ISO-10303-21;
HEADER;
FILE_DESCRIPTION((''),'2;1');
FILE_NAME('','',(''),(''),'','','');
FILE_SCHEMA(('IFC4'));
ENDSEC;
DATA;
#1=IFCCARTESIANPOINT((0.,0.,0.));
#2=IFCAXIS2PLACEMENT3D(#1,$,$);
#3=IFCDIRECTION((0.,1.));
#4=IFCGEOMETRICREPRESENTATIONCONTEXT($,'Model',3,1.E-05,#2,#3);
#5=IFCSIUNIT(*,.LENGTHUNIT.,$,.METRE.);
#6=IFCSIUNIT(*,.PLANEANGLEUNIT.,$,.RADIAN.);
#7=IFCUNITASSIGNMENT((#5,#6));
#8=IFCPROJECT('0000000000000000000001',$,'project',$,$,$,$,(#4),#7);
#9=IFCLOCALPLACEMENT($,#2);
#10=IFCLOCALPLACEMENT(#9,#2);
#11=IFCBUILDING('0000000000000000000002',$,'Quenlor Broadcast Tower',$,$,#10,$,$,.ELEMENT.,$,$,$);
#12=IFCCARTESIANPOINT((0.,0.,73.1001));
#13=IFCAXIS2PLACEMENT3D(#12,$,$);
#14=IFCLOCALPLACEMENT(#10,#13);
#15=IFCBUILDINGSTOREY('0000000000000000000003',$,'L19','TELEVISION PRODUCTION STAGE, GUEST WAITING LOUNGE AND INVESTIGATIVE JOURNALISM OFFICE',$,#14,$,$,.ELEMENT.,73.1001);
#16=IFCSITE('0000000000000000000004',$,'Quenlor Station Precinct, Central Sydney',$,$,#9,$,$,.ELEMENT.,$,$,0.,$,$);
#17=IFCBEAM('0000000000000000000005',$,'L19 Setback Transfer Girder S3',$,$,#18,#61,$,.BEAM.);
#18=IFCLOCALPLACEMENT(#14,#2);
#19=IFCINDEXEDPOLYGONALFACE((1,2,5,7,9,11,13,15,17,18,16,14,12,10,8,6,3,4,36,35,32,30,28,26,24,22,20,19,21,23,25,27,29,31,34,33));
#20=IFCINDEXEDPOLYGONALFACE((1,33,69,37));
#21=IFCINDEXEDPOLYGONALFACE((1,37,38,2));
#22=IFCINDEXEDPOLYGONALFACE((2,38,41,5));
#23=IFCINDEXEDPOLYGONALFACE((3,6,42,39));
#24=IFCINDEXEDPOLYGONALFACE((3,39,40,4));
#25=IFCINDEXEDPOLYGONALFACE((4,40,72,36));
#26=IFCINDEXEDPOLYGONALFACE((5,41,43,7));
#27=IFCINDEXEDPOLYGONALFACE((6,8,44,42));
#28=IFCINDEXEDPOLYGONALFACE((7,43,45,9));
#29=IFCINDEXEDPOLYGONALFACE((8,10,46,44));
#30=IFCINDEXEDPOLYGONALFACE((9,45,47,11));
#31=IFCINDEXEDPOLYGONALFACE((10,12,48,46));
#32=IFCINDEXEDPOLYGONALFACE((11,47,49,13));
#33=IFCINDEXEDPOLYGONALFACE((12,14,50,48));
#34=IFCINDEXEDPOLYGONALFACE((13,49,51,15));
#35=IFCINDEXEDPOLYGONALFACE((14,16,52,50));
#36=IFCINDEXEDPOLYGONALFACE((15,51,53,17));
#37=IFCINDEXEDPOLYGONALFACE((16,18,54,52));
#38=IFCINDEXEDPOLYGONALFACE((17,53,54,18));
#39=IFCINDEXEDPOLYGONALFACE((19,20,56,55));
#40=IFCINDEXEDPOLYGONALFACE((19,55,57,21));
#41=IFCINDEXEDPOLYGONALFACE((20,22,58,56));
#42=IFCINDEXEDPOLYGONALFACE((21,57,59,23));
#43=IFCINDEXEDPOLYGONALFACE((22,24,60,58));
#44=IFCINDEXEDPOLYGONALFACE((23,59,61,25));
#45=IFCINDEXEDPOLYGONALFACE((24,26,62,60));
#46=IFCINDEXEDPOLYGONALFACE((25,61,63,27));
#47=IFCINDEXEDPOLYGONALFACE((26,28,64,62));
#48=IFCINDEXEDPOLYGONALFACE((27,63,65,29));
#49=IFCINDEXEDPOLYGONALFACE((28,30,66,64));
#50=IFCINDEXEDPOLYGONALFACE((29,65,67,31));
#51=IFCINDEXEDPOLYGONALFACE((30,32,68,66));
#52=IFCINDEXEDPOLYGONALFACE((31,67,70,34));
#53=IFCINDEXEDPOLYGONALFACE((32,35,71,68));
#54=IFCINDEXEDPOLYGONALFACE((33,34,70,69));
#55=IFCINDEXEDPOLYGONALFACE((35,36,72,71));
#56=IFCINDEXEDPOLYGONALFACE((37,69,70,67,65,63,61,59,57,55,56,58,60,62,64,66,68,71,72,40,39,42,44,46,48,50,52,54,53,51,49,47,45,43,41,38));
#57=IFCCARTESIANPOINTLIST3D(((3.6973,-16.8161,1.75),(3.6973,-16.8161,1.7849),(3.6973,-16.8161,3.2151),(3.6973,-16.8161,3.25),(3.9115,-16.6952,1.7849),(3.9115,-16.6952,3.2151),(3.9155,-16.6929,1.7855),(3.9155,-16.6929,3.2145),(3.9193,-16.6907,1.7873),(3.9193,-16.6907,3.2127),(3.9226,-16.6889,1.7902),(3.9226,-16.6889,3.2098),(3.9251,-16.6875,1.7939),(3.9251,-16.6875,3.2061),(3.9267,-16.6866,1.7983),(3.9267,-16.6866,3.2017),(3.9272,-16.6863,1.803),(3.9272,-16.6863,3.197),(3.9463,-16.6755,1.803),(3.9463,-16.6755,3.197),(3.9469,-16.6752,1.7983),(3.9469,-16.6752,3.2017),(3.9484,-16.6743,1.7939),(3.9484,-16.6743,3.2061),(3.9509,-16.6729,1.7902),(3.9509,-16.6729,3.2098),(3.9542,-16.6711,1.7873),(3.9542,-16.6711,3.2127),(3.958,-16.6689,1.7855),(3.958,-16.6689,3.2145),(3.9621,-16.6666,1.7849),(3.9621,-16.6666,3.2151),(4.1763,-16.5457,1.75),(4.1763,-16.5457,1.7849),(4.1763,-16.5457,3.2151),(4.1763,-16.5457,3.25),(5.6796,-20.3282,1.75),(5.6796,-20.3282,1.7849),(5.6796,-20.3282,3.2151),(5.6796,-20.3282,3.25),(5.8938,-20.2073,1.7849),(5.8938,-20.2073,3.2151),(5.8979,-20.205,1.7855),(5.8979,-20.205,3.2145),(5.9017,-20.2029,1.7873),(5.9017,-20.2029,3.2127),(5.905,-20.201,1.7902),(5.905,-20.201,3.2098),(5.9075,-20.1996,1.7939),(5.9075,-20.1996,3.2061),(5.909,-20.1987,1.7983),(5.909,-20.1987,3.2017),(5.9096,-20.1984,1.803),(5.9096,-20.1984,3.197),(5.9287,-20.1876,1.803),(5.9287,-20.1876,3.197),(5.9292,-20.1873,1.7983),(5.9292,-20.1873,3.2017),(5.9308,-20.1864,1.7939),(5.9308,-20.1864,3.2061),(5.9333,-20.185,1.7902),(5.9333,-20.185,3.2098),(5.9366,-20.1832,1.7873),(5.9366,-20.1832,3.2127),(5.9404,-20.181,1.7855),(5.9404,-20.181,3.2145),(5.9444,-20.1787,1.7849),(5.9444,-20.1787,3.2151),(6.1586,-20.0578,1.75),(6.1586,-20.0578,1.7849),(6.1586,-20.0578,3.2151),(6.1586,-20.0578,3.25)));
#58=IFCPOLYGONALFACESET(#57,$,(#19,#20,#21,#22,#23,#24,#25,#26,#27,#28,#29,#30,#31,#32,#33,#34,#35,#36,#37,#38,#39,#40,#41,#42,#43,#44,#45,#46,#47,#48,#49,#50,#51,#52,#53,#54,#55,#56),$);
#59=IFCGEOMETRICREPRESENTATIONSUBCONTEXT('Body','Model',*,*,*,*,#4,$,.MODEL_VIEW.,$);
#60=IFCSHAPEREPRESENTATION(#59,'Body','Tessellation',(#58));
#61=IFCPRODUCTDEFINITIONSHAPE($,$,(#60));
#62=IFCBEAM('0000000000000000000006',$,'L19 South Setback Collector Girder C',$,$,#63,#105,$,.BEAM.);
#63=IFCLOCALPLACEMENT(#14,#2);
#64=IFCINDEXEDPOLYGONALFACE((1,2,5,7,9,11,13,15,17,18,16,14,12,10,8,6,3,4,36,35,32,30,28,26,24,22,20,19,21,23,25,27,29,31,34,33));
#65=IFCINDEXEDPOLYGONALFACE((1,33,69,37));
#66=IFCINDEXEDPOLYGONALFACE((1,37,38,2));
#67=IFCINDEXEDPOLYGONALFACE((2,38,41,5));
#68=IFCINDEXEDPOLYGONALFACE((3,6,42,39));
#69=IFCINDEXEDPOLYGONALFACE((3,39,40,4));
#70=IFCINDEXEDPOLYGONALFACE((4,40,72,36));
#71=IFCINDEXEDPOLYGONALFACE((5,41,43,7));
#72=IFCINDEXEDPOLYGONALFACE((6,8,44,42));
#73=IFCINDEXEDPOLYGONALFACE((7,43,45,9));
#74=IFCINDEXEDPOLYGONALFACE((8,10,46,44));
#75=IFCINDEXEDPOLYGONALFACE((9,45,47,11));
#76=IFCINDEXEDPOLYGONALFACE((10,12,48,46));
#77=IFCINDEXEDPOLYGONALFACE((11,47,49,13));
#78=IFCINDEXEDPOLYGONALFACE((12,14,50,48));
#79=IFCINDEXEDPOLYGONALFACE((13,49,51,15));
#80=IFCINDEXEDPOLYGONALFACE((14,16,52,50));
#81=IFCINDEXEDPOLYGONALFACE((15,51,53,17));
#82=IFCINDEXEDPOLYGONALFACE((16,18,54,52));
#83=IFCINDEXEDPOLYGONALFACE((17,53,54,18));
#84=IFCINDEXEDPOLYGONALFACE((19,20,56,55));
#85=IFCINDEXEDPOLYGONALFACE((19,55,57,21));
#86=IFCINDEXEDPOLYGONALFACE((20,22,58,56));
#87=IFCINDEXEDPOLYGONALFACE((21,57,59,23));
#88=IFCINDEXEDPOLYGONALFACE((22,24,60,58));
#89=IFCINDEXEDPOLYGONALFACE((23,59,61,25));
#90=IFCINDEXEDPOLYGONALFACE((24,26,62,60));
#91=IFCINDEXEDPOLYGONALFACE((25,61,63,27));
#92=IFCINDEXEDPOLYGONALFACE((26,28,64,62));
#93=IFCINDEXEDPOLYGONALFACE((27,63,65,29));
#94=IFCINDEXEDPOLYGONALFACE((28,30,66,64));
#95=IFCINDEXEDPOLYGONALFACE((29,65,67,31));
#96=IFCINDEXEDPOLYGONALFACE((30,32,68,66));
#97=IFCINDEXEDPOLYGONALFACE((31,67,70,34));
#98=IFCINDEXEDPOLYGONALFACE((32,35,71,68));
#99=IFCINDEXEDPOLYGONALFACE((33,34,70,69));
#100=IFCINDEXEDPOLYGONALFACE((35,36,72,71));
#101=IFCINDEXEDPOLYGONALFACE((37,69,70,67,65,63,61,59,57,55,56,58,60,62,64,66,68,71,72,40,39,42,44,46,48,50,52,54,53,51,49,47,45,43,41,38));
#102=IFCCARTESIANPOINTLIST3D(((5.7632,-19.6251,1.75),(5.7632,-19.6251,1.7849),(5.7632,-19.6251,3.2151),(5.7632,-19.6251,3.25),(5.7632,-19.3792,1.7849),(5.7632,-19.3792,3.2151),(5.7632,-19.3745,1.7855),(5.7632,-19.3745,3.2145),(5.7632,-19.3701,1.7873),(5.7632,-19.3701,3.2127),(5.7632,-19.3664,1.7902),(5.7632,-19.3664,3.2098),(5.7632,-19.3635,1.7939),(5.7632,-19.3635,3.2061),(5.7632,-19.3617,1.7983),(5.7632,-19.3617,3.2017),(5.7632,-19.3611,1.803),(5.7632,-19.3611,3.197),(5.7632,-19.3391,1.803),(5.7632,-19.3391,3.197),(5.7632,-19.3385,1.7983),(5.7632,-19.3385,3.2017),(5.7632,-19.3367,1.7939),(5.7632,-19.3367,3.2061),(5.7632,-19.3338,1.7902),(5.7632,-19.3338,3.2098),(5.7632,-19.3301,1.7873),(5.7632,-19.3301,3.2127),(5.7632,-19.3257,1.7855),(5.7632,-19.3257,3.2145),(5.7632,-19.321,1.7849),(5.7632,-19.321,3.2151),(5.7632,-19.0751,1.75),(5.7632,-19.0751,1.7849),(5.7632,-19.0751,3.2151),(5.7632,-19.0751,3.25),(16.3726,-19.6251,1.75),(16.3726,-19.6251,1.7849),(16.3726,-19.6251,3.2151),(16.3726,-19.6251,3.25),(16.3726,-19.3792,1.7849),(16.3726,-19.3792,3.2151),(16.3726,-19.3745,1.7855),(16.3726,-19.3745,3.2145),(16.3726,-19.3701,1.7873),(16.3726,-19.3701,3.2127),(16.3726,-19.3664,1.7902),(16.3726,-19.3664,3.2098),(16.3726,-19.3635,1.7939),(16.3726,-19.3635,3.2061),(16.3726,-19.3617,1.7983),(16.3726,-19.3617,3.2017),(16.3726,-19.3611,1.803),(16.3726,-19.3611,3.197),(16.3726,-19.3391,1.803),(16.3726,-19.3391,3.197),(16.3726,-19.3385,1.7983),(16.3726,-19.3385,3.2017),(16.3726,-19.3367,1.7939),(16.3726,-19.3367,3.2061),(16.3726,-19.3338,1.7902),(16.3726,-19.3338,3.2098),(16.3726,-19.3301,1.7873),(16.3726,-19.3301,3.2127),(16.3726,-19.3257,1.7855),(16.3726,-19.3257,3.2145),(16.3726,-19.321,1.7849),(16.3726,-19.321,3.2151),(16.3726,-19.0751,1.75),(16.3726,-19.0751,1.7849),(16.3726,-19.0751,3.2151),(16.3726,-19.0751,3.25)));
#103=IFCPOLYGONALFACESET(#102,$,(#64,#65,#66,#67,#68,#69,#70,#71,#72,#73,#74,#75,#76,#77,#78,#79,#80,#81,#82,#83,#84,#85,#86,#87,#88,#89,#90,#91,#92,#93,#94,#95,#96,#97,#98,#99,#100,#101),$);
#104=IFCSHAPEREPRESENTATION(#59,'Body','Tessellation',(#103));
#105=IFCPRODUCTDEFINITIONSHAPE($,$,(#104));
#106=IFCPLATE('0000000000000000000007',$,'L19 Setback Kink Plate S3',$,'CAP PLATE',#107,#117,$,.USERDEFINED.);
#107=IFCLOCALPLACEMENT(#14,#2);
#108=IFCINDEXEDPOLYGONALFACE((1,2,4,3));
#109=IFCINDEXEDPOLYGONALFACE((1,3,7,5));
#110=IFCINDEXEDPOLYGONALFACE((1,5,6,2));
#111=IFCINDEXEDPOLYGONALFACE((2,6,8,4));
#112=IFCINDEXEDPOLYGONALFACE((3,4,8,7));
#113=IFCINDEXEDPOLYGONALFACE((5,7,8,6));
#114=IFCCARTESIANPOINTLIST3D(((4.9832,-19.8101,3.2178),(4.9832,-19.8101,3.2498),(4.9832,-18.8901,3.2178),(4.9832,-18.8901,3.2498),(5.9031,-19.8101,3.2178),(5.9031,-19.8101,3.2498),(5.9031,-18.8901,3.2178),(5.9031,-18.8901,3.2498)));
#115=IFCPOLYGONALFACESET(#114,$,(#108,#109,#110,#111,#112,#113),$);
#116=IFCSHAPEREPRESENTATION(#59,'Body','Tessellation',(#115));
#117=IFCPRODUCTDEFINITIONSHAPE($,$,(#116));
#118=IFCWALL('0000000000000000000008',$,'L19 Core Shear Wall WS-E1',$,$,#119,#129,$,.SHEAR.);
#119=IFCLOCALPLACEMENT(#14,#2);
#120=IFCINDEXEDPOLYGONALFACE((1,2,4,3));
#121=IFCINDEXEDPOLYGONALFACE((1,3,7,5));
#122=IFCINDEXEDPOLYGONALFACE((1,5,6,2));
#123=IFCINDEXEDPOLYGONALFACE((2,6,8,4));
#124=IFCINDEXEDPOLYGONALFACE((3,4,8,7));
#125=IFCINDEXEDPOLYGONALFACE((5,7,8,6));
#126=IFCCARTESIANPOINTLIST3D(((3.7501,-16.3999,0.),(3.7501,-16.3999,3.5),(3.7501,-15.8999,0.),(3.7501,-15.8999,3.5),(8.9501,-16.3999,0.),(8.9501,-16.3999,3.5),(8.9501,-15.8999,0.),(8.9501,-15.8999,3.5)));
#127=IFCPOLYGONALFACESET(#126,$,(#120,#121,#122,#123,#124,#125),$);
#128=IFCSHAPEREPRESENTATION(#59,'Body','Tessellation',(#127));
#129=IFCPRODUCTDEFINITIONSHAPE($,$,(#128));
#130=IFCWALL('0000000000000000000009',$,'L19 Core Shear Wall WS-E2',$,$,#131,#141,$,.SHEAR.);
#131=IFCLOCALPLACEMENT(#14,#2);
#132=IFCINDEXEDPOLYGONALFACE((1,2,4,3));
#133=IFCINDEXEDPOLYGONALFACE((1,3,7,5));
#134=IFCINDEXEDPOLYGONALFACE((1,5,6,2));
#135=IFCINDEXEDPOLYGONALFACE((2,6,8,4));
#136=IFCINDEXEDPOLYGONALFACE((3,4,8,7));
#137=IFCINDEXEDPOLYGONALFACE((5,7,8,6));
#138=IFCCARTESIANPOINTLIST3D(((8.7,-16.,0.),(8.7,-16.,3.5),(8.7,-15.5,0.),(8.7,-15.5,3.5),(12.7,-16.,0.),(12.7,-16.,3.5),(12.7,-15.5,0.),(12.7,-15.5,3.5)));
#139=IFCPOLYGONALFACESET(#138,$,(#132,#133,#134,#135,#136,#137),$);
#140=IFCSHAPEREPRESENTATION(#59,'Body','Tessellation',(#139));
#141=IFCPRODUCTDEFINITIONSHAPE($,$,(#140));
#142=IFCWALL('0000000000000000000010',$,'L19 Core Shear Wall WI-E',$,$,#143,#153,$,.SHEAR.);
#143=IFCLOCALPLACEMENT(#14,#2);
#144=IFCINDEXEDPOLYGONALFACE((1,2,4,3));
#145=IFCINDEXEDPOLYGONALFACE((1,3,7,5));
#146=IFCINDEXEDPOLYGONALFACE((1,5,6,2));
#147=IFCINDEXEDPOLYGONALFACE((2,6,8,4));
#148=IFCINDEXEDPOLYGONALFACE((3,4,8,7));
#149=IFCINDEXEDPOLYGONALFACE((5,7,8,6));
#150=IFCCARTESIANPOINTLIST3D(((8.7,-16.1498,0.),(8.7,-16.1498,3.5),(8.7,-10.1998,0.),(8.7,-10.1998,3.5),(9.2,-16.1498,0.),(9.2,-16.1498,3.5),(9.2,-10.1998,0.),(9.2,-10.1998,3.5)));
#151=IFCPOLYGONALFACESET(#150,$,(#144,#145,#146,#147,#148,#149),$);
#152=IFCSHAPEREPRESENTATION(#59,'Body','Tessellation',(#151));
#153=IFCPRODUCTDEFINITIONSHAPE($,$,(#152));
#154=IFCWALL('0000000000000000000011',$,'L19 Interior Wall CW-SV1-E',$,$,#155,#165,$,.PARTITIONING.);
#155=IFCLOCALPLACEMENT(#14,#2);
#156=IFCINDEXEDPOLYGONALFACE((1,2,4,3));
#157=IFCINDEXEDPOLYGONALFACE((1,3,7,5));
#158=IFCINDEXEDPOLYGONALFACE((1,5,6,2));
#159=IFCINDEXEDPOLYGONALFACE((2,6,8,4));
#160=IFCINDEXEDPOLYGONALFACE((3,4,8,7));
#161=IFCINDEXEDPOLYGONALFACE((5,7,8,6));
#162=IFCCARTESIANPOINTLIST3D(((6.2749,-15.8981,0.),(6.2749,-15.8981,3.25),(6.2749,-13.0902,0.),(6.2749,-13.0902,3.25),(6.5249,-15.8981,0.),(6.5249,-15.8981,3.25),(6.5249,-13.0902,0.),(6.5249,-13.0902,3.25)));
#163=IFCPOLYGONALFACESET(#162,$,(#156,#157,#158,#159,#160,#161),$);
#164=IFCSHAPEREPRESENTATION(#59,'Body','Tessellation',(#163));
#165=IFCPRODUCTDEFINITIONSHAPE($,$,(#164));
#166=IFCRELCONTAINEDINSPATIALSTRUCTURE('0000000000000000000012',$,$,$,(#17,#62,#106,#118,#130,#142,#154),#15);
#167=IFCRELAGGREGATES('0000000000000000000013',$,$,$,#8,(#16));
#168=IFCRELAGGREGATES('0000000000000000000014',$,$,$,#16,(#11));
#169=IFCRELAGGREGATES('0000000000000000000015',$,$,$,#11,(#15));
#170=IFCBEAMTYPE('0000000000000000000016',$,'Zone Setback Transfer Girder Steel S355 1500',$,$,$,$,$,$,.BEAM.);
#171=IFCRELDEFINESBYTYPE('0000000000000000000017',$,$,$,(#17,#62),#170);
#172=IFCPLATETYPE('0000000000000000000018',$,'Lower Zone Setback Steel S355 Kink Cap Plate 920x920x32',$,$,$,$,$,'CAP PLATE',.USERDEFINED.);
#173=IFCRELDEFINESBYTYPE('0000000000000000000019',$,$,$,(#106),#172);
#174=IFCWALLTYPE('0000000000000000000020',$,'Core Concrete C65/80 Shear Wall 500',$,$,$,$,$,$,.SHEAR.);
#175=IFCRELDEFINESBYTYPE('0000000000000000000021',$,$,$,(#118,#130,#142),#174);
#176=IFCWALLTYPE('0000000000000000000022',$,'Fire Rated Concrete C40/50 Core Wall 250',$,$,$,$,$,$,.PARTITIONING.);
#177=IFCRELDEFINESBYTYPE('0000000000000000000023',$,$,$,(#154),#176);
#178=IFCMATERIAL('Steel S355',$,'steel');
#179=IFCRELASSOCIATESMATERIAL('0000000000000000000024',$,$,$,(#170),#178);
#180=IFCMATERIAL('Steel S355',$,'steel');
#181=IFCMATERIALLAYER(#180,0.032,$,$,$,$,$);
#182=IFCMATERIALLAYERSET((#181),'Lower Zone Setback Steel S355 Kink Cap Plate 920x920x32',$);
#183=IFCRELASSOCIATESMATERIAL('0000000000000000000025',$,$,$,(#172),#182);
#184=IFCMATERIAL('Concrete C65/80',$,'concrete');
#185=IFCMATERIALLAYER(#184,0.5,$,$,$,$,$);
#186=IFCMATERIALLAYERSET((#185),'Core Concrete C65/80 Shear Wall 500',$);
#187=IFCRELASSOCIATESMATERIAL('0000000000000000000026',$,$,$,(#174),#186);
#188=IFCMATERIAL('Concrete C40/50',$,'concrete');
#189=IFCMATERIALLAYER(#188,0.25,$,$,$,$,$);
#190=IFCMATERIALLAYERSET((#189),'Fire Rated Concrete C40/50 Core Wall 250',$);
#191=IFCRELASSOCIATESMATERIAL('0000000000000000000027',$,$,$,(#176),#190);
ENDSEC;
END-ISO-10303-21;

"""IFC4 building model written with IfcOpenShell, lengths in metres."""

from ifc_helpers import new_model, si_unit, direction, frame, frame_2d, origin, origin_2d, place, context, subcontext, project, spatial, rectangle, i_section, extrude, material, layer, layer_set, material_profile, profile_set, type_object, element, save


model = new_model("IFC4")

# Units and contexts
model_context = context("Model", 3, precision=1e-05, world=origin(), true_north=direction((0.0, 1.0)))
body_context = subcontext(model_context, "Body", "Model", "MODEL_VIEW")
ifc_project = project(units=[si_unit("LENGTHUNIT", "METRE"), si_unit("PLANEANGLEUNIT", "RADIAN")], contexts=[model_context])

# Site, building, storey
site_placement = place(None, origin())
site = spatial("IfcSite", under=ifc_project, at=site_placement, Name="Quenlor Station Precinct, Central Sydney", CompositionType="ELEMENT", RefElevation=0.0)
building_placement = place(site_placement, origin())
building = spatial("IfcBuilding", under=site, at=building_placement, Name="Quenlor Broadcast Tower", CompositionType="ELEMENT")
storey_placement = place(building_placement, frame((0.0, 0.0, 73.1001)))
storey = spatial("IfcBuildingStorey", under=building, at=storey_placement, Name="L19", Description="TELEVISION PRODUCTION STAGE, GUEST WAITING LOUNGE AND INVESTIGATIVE JOURNALISM OFFICE", CompositionType="ELEMENT", Elevation=73.1001)

# Beams
ifc_material_1 = material(Name="Steel S355", Category="steel")
ifc_material_profile_1 = material_profile(ifc_material_1, i_section(OverallWidth=0.55, OverallDepth=1.5, WebThickness=0.022, FlangeThickness=0.0349, FilletRadius=0.0181, at=origin_2d()))
ifc_profile_set_1 = profile_set([ifc_material_profile_1], Name="Steel S355 1500TG510")
beam_type_1 = type_object("IfcBeamType", Name="Zone Setback Transfer Girder Steel S355 1500", PredefinedType="BEAM", material=ifc_profile_set_1)
beam_1_placement = place(storey_placement, frame((3.9368, -16.6809, 2.5), z_axis=(0.491543, -0.870854, 0.0), x_axis=(0.870854, 0.491543, 0.0)))
element("IfcBeam", 1, at=beam_1_placement, inside=storey, type_object=beam_type_1, Name="L19 Setback Transfer Girder S3", PredefinedType="BEAM", context=body_context, shape_type="SweptSolid", body=[
    extrude(i_section(OverallWidth=0.55, OverallDepth=1.5, WebThickness=0.022, FlangeThickness=0.0349, FilletRadius=0.0181, at=origin_2d()), origin(), (0.0, 0.0, 1.0), 4.033),
])
beam_2_placement = place(storey_placement, frame((5.7632, -19.3501, 2.5), z_axis=(1.0, 0.0, 0.0), x_axis=(0.0, 1.0, 0.0)))
element("IfcBeam", 2, at=beam_2_placement, inside=storey, type_object=beam_type_1, Name="L19 South Setback Collector Girder C", PredefinedType="BEAM", context=body_context, shape_type="SweptSolid", body=[
    extrude(i_section(OverallWidth=0.55, OverallDepth=1.5, WebThickness=0.022, FlangeThickness=0.0349, FilletRadius=0.0181, at=origin_2d()), origin(), (0.0, 0.0, 1.0), 10.6094),
])

# Plate
ifc_material_2 = material(Name="Steel S355", Category="steel")
ifc_layer_1 = layer(ifc_material_2, 0.032)
ifc_layer_set_1 = layer_set([ifc_layer_1], Name="Lower Zone Setback Steel S355 Kink Cap Plate 920x920x32")
plate_type = type_object("IfcPlateType", Name="Lower Zone Setback Steel S355 Kink Cap Plate 920x920x32", ElementType="CAP PLATE", PredefinedType="USERDEFINED", material=ifc_layer_set_1)
plate_placement = place(storey_placement, frame((5.4431, -19.3501, 3.2178), z_axis=(0.0, 0.0, 1.0), x_axis=(0.0, 1.0, 0.0)))
element("IfcPlate", 3, at=plate_placement, inside=storey, type_object=plate_type, Name="L19 Setback Kink Plate S3", ObjectType="CAP PLATE", PredefinedType="USERDEFINED", context=body_context, shape_type="SweptSolid", body=[
    extrude(rectangle(XDim=0.9199, YDim=0.9199, at=origin_2d()), origin(), (0.0, 0.0, 1.0), 0.032),
])

# Walls
ifc_material_3 = material(Name="Concrete C65/80", Category="concrete")
ifc_layer_2 = layer(ifc_material_3, 0.5)
ifc_layer_set_2 = layer_set([ifc_layer_2], Name="Core Concrete C65/80 Shear Wall 500")
wall_type_1 = type_object("IfcWallType", Name="Core Concrete C65/80 Shear Wall 500", PredefinedType="SHEAR", material=ifc_layer_set_2)
wall_1_placement = place(storey_placement, frame((3.75, -16.1499, 0.0), z_axis=(0.0, 0.0, 1.0), x_axis=(1.0, 0.0, 0.0)))
element("IfcWall", 4, at=wall_1_placement, inside=storey, type_object=wall_type_1, Name="L19 Core Shear Wall WS-E1", PredefinedType="SHEAR", context=body_context, shape_type="SweptSolid", body=[
    extrude(rectangle(XDim=5.2, YDim=0.5, at=frame_2d((2.6001, 0.0))), origin(), (0.0, 0.0, 1.0), 3.5),
])
wall_2_placement = place(storey_placement, frame((8.7, -15.75, 0.0), z_axis=(0.0, 0.0, 1.0), x_axis=(1.0, 0.0, 0.0)))
element("IfcWall", 5, at=wall_2_placement, inside=storey, type_object=wall_type_1, Name="L19 Core Shear Wall WS-E2", PredefinedType="SHEAR", context=body_context, shape_type="SweptSolid", body=[
    extrude(rectangle(XDim=4.0, YDim=0.5, at=frame_2d((2.0, 0.0))), origin(), (0.0, 0.0, 1.0), 3.5),
])
wall_3_placement = place(storey_placement, frame((8.95, -16.1499, 0.0), z_axis=(0.0, 0.0, 1.0), x_axis=(0.0, 1.0, 0.0)))
element("IfcWall", 6, at=wall_3_placement, inside=storey, type_object=wall_type_1, Name="L19 Core Shear Wall WI-E", PredefinedType="SHEAR", context=body_context, shape_type="SweptSolid", body=[
    extrude(rectangle(XDim=5.95, YDim=0.5, at=frame_2d((2.9751, 0.0))), origin(), (0.0, 0.0, 1.0), 3.5),
])

# Shared definitions
ifc_material_4 = material(Name="Concrete C40/50", Category="concrete")
ifc_layer_3 = layer(ifc_material_4, 0.25)
ifc_layer_set_3 = layer_set([ifc_layer_3], Name="Fire Rated Concrete C40/50 Core Wall 250")
wall_type_2 = type_object("IfcWallType", Name="Fire Rated Concrete C40/50 Core Wall 250", PredefinedType="PARTITIONING", material=ifc_layer_set_3)

# Wall
wall_4_placement = place(storey_placement, frame((6.3999, -15.8979, 0.0), z_axis=(0.0, 0.0, 1.0), x_axis=(0.0, 1.0, 0.0)))
element("IfcWall", 7, at=wall_4_placement, inside=storey, type_object=wall_type_2, Name="L19 Interior Wall CW-SV1-E", PredefinedType="PARTITIONING", context=body_context, shape_type="SweptSolid", body=[
    extrude(rectangle(XDim=2.8079, YDim=0.25, at=frame_2d((1.4038, 0.0))), origin(), (0.0, 0.0, 1.0), 3.25),
])

save(model, "model.ifc")
